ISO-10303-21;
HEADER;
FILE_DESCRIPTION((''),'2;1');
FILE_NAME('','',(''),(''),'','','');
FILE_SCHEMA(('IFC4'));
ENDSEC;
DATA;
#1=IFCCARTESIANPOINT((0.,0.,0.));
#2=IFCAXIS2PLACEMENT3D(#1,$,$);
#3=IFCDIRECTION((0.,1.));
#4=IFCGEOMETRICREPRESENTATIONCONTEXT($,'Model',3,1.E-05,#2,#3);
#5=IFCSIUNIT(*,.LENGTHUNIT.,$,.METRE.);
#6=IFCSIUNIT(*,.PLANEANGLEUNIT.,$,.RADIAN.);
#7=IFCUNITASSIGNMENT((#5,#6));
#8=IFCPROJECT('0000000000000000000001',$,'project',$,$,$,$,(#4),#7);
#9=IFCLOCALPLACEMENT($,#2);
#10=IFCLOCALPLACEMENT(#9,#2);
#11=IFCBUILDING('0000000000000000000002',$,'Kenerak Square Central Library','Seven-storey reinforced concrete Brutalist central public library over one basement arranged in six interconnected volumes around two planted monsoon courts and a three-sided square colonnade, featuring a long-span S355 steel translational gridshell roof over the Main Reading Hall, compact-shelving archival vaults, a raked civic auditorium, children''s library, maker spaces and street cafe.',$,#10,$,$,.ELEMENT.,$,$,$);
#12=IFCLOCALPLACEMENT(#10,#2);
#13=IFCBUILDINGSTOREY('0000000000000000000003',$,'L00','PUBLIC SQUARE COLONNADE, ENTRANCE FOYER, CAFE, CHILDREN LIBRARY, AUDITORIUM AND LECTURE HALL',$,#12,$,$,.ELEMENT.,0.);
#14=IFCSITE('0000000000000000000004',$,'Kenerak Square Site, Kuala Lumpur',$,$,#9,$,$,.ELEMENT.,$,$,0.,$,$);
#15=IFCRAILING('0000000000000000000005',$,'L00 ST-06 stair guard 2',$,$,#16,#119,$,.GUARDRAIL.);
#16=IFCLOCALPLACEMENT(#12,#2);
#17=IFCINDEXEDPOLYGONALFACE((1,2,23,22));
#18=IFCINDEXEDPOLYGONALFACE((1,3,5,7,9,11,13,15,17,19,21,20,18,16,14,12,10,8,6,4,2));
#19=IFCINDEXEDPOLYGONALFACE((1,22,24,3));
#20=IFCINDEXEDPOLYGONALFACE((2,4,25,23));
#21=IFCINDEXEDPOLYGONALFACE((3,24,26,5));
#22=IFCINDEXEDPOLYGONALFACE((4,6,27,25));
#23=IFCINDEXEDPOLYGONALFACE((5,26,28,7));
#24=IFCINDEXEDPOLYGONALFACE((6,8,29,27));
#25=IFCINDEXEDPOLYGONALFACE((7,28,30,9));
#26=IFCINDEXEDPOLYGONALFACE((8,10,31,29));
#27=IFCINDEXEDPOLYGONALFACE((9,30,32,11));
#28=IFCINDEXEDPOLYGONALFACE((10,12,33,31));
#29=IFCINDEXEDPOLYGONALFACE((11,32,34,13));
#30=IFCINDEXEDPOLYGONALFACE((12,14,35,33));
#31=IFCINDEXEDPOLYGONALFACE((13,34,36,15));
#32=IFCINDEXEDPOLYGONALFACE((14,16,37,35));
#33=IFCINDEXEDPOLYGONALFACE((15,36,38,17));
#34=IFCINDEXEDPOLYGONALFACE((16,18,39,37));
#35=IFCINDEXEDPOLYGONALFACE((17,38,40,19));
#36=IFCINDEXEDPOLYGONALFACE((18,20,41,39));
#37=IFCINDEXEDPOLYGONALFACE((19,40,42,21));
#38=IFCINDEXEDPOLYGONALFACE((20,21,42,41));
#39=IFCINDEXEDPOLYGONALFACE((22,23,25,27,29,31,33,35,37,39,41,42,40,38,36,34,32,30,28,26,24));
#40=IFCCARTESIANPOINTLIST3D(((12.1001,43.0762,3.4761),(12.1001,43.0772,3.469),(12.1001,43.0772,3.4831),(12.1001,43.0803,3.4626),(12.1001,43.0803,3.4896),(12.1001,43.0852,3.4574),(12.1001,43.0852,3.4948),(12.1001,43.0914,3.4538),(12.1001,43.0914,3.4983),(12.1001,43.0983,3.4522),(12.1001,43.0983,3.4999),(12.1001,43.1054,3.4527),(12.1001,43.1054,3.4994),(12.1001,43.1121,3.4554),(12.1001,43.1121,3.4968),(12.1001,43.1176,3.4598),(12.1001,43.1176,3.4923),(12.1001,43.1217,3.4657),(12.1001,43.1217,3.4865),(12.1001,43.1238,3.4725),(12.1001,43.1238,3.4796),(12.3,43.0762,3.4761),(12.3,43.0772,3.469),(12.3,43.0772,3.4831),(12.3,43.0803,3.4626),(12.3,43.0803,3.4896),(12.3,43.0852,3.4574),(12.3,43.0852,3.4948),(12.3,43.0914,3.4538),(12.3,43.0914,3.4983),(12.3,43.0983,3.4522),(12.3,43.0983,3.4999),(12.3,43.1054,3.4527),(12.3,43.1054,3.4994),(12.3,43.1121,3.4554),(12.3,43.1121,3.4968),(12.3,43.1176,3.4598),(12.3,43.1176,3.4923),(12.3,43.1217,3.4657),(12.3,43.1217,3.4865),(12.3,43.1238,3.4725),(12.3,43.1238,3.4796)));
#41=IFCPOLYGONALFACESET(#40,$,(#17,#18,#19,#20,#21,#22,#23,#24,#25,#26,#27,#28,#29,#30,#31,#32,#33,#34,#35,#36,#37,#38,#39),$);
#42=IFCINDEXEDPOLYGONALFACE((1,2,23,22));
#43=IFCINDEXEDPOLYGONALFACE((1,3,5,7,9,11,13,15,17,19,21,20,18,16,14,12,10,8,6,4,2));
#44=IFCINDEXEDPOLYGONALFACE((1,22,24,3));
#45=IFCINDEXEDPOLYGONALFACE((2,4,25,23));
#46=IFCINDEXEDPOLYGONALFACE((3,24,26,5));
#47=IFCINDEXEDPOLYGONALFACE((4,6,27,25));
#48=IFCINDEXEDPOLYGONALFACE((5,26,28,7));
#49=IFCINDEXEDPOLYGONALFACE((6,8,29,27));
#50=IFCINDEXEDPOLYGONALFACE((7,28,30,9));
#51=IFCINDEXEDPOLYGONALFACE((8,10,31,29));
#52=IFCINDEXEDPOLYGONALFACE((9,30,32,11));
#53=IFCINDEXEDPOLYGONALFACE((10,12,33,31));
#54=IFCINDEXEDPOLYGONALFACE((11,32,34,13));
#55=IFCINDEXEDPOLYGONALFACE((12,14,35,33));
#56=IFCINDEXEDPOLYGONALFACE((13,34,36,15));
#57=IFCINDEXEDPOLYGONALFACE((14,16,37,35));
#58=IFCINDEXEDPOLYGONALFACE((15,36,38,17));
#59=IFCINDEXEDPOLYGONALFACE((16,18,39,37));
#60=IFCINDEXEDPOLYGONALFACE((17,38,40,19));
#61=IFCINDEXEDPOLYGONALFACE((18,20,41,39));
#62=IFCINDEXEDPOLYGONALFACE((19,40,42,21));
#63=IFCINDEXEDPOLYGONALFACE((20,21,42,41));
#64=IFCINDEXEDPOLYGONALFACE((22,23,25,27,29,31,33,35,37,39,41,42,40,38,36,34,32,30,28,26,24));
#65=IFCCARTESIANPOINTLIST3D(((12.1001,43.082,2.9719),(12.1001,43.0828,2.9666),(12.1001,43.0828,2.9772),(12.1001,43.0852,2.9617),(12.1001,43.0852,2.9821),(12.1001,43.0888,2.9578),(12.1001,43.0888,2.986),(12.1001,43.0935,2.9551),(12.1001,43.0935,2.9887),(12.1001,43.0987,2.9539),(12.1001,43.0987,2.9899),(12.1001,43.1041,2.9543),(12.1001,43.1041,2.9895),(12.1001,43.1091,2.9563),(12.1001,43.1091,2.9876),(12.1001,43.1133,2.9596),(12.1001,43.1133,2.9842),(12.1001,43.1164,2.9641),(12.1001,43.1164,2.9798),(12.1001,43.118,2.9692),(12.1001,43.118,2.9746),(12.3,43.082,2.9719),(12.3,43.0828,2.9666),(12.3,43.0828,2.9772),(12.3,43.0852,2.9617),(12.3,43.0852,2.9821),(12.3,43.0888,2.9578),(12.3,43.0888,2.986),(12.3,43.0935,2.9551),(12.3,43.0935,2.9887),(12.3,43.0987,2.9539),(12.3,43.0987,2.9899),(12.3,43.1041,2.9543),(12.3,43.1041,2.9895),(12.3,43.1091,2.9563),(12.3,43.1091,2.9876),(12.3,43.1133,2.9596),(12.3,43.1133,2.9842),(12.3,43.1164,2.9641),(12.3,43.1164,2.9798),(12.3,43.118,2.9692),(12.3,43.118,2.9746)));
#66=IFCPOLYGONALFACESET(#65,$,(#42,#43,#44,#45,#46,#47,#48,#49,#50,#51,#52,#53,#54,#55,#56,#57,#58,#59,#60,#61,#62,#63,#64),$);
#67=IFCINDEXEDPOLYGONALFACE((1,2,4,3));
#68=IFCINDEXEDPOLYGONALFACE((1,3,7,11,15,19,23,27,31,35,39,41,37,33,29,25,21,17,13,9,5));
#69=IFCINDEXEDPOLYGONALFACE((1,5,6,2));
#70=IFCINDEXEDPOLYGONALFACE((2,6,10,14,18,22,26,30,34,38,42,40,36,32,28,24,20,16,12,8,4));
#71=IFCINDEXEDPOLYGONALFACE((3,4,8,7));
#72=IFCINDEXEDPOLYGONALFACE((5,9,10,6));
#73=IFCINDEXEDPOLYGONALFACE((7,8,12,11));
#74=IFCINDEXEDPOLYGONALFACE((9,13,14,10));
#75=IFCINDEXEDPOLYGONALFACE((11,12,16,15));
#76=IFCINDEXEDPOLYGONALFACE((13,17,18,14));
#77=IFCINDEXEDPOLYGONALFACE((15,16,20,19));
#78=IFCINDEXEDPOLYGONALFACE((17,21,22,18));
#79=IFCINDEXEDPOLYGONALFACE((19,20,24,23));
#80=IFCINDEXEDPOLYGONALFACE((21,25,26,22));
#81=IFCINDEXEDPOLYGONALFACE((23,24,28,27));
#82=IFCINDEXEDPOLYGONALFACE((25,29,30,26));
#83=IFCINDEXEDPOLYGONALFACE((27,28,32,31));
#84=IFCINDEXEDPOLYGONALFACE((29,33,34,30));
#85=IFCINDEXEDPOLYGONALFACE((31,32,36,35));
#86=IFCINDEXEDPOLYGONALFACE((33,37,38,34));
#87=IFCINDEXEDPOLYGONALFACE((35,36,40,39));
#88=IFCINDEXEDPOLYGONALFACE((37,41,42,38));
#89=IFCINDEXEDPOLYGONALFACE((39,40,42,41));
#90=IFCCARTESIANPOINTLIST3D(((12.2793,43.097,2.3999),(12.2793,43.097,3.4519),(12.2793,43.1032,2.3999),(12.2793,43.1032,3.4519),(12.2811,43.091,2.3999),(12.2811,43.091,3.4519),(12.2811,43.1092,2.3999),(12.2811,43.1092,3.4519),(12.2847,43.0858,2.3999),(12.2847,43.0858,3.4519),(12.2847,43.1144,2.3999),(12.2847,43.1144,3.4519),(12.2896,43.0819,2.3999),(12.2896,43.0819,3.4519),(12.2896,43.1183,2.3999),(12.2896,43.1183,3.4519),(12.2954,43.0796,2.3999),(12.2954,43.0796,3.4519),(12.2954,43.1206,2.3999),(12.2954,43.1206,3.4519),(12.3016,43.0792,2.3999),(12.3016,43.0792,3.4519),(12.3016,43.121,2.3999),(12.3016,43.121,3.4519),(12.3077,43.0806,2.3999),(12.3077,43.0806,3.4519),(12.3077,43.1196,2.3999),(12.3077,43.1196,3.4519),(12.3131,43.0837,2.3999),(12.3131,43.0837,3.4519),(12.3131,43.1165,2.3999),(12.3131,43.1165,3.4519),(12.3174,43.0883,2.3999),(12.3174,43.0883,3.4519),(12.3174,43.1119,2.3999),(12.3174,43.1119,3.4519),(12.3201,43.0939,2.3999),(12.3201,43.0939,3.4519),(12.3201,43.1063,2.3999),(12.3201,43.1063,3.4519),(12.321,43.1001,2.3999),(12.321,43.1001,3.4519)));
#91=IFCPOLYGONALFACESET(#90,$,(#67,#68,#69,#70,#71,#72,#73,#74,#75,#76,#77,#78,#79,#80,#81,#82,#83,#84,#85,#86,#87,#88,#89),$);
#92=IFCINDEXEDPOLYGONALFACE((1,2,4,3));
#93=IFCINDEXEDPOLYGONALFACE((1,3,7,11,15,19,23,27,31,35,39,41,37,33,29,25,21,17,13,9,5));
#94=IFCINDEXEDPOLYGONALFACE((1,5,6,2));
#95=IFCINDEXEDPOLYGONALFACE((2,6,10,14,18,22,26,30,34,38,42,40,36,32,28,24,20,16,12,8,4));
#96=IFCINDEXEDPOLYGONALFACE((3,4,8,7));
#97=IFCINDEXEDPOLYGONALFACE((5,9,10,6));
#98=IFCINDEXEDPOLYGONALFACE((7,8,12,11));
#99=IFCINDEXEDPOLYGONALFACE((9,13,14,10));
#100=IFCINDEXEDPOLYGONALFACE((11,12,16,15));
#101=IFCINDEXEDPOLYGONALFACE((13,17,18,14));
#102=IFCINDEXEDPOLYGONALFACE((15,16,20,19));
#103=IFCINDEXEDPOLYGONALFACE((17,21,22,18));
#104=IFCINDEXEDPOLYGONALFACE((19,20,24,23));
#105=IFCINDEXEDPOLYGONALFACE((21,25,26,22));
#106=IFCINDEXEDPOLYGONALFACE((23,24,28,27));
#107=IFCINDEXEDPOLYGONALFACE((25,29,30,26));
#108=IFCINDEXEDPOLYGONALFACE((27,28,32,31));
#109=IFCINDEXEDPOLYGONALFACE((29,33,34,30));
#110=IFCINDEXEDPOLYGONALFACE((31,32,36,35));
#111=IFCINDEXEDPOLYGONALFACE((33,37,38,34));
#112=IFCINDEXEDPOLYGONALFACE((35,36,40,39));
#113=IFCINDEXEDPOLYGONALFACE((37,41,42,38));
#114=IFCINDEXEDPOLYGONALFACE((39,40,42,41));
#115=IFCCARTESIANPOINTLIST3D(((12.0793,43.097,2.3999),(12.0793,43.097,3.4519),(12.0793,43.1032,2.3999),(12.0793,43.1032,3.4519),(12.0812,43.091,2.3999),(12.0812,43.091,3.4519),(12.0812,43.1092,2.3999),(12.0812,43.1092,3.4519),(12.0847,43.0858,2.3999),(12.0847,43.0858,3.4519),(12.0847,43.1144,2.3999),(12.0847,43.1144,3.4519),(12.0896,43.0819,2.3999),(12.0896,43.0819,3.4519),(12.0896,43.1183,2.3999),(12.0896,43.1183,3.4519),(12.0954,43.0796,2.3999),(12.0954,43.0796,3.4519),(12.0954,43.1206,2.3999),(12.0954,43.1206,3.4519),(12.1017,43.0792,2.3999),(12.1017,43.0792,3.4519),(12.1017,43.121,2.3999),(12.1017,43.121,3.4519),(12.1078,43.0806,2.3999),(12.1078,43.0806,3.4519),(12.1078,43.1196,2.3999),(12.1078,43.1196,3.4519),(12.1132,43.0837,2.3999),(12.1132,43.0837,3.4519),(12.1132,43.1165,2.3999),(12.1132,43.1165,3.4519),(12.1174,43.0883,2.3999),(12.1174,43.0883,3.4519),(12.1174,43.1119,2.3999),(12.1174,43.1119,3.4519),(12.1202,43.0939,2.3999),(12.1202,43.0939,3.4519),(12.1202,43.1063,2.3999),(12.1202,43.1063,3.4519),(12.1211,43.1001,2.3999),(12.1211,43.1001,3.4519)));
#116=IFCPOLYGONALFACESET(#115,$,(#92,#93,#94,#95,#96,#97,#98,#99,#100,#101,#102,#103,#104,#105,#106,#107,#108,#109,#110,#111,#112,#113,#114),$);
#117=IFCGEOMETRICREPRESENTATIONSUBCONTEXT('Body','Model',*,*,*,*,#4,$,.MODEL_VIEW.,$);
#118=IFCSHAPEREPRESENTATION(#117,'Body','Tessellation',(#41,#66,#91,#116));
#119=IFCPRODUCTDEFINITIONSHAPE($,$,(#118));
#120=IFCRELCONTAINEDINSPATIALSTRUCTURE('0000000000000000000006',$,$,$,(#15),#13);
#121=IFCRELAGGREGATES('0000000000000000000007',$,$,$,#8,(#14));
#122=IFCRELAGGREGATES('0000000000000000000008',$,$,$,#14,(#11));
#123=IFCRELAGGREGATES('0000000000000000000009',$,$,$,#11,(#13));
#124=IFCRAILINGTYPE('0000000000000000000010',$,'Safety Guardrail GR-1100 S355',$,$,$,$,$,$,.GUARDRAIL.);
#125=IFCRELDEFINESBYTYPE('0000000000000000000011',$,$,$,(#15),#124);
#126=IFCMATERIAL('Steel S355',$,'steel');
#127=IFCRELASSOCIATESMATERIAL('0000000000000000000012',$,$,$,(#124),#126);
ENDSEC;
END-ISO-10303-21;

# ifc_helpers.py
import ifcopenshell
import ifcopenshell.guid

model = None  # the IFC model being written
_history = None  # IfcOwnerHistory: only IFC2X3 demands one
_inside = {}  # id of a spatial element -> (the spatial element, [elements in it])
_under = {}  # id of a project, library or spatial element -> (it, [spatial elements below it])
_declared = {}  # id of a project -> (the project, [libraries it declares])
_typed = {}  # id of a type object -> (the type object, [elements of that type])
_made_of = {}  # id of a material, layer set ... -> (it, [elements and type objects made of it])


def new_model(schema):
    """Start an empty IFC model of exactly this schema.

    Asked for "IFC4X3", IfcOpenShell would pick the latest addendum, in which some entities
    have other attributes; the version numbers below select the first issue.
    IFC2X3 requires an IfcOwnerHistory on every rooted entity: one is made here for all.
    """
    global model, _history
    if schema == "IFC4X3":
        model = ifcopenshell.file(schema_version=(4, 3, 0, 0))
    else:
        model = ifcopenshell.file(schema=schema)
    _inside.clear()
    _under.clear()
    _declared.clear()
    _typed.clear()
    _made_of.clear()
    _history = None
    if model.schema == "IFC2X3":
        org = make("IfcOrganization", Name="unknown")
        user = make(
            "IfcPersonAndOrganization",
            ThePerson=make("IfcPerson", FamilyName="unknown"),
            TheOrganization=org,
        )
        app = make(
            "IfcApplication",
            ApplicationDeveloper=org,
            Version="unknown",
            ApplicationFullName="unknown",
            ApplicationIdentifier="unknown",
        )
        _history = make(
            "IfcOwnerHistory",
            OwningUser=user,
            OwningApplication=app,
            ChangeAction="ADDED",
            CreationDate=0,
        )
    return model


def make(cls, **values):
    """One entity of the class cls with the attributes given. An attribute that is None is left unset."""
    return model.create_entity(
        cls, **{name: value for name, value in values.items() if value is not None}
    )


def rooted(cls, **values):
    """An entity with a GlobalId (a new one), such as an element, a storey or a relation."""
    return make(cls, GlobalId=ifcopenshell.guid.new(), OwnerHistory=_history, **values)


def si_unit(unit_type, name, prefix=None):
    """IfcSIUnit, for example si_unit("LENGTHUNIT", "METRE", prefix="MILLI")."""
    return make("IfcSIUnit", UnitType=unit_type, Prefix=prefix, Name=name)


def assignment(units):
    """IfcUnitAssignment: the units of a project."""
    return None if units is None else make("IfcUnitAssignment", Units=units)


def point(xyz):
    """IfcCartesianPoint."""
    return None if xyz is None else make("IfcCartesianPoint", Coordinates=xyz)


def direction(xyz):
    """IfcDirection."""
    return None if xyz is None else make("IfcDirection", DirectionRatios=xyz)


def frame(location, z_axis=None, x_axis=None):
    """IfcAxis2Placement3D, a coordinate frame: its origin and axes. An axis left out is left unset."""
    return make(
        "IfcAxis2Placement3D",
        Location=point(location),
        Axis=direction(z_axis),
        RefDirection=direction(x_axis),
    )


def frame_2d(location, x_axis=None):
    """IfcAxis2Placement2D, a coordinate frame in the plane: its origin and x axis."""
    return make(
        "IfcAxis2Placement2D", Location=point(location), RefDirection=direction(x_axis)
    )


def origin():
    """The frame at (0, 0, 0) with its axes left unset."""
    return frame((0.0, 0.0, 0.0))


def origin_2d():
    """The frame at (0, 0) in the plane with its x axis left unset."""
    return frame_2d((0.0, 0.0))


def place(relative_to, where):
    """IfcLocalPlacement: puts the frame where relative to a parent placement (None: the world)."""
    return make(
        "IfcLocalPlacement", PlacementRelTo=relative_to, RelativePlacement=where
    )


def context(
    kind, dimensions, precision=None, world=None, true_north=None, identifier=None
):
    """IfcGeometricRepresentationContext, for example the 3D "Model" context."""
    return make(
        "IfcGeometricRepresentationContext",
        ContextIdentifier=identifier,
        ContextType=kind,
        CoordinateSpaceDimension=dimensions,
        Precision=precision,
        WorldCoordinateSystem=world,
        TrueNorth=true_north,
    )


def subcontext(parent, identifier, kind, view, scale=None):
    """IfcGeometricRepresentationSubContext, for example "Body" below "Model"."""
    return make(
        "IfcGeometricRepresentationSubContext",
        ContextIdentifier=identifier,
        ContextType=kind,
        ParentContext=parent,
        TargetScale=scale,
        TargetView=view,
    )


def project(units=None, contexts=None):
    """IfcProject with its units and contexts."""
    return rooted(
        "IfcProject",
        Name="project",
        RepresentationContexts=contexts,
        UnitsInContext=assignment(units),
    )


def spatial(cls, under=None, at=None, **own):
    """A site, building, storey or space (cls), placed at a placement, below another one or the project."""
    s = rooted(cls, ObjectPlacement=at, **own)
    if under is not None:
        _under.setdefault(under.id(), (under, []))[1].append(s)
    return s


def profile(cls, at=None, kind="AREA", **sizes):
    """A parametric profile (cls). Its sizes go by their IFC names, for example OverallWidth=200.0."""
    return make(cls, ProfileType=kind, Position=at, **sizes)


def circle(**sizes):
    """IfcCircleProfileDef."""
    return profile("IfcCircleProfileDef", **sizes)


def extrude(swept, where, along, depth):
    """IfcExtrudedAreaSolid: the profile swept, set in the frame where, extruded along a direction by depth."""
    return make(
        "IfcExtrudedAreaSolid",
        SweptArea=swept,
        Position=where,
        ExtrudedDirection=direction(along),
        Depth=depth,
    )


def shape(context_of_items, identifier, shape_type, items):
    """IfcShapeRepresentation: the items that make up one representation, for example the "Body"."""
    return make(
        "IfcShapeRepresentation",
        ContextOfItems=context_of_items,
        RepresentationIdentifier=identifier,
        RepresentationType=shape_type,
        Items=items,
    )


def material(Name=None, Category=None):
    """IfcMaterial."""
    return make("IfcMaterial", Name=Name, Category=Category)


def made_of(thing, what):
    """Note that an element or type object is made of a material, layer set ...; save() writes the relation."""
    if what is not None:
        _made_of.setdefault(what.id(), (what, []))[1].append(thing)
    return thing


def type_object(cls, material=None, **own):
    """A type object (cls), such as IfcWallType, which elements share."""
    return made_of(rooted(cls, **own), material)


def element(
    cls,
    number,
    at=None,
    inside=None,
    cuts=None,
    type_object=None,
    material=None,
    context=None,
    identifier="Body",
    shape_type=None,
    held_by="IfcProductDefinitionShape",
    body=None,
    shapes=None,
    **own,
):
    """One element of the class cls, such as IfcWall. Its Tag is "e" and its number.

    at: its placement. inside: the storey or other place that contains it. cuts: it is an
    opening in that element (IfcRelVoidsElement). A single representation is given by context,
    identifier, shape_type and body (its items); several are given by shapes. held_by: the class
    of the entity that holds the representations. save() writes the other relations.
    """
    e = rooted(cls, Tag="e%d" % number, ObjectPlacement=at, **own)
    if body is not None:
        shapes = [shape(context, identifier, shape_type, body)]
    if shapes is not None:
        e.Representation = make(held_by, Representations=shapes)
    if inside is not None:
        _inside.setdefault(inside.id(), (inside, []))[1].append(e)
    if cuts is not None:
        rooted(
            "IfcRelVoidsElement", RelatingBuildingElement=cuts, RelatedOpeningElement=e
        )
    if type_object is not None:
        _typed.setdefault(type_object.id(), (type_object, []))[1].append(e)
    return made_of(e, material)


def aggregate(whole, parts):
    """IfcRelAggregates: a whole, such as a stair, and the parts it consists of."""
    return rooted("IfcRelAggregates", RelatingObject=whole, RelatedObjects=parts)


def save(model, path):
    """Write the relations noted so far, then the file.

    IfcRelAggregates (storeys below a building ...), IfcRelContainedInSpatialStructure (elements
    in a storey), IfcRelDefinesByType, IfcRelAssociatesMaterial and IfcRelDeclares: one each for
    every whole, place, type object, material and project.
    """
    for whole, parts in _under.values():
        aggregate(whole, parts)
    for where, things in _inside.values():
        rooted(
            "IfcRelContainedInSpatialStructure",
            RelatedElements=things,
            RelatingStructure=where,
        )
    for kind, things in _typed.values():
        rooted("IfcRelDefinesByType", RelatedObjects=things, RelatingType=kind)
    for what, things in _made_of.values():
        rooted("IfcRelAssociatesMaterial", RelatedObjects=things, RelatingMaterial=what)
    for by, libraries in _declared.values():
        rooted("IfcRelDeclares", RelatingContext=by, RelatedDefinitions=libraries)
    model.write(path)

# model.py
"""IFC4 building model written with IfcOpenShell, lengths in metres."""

from ifc_helpers import new_model, si_unit, direction, frame, origin, origin_2d, place, context, subcontext, project, spatial, circle, extrude, material, type_object, element, save


model = new_model("IFC4")

# Units and contexts
model_context = context("Model", 3, precision=1e-05, world=origin(), true_north=direction((0.0, 1.0)))
body_context = subcontext(model_context, "Body", "Model", "MODEL_VIEW")
ifc_project = project(units=[si_unit("LENGTHUNIT", "METRE"), si_unit("PLANEANGLEUNIT", "RADIAN")], contexts=[model_context])

# Site, building, storey
site_placement = place(None, origin())
site = spatial("IfcSite", under=ifc_project, at=site_placement, Name="Kenerak Square Site, Kuala Lumpur", CompositionType="ELEMENT", RefElevation=0.0)
building_placement = place(site_placement, origin())
building = spatial("IfcBuilding", under=site, at=building_placement, Name="Kenerak Square Central Library", Description="Seven-storey reinforced concrete Brutalist central public library over one basement arranged in six interconnected volumes around two planted monsoon courts and a three-sided square colonnade, featuring a long-span S355 steel translational gridshell roof over the Main Reading Hall, compact-shelving archival vaults, a raked civic auditorium, children's library, maker spaces and street cafe.", CompositionType="ELEMENT")
storey_placement = place(building_placement, origin())
storey = spatial("IfcBuildingStorey", under=building, at=storey_placement, Name="L00", Description="PUBLIC SQUARE COLONNADE, ENTRANCE FOYER, CAFE, CHILDREN LIBRARY, AUDITORIUM AND LECTURE HALL", CompositionType="ELEMENT", Elevation=0.0)

# Shared definitions
ifc_material_1 = material(Name="Steel S355", Category="steel")

# Railing
railing_type_1 = type_object("IfcRailingType", Name="Safety Guardrail GR-1100 S355", PredefinedType="GUARDRAIL", material=ifc_material_1)
railing_1_placement = place(storey_placement, frame((12.3, 43.1001, 2.3999)))
element("IfcRailing", 1, at=railing_1_placement, inside=storey, type_object=railing_type_1, Name="L00 ST-06 stair guard 2", PredefinedType="GUARDRAIL", context=body_context, shape_type="SweptSolid", body=[
    extrude(circle(Radius=0.0239, at=origin_2d()), frame((0.0, 0.0, 1.0762), z_axis=(-1.0, 0.0, 0.0), x_axis=(0.0, -1.0, 0.0)), (0.0, 0.0, 1.0), 0.2),
    extrude(circle(Radius=0.0181, at=origin_2d()), frame((0.0, 0.0, 0.572), z_axis=(-1.0, 0.0, 0.0), x_axis=(0.0, -1.0, 0.0)), (0.0, 0.0, 1.0), 0.2),
    extrude(circle(Radius=0.021, at=origin_2d()), origin(), (0.0, 0.0, 1.0), 1.052),
    extrude(circle(Radius=0.021, at=origin_2d()), frame((-0.2, 0.0, 0.0)), (0.0, 0.0, 1.0), 1.052),
])

save(model, "model.ifc")
